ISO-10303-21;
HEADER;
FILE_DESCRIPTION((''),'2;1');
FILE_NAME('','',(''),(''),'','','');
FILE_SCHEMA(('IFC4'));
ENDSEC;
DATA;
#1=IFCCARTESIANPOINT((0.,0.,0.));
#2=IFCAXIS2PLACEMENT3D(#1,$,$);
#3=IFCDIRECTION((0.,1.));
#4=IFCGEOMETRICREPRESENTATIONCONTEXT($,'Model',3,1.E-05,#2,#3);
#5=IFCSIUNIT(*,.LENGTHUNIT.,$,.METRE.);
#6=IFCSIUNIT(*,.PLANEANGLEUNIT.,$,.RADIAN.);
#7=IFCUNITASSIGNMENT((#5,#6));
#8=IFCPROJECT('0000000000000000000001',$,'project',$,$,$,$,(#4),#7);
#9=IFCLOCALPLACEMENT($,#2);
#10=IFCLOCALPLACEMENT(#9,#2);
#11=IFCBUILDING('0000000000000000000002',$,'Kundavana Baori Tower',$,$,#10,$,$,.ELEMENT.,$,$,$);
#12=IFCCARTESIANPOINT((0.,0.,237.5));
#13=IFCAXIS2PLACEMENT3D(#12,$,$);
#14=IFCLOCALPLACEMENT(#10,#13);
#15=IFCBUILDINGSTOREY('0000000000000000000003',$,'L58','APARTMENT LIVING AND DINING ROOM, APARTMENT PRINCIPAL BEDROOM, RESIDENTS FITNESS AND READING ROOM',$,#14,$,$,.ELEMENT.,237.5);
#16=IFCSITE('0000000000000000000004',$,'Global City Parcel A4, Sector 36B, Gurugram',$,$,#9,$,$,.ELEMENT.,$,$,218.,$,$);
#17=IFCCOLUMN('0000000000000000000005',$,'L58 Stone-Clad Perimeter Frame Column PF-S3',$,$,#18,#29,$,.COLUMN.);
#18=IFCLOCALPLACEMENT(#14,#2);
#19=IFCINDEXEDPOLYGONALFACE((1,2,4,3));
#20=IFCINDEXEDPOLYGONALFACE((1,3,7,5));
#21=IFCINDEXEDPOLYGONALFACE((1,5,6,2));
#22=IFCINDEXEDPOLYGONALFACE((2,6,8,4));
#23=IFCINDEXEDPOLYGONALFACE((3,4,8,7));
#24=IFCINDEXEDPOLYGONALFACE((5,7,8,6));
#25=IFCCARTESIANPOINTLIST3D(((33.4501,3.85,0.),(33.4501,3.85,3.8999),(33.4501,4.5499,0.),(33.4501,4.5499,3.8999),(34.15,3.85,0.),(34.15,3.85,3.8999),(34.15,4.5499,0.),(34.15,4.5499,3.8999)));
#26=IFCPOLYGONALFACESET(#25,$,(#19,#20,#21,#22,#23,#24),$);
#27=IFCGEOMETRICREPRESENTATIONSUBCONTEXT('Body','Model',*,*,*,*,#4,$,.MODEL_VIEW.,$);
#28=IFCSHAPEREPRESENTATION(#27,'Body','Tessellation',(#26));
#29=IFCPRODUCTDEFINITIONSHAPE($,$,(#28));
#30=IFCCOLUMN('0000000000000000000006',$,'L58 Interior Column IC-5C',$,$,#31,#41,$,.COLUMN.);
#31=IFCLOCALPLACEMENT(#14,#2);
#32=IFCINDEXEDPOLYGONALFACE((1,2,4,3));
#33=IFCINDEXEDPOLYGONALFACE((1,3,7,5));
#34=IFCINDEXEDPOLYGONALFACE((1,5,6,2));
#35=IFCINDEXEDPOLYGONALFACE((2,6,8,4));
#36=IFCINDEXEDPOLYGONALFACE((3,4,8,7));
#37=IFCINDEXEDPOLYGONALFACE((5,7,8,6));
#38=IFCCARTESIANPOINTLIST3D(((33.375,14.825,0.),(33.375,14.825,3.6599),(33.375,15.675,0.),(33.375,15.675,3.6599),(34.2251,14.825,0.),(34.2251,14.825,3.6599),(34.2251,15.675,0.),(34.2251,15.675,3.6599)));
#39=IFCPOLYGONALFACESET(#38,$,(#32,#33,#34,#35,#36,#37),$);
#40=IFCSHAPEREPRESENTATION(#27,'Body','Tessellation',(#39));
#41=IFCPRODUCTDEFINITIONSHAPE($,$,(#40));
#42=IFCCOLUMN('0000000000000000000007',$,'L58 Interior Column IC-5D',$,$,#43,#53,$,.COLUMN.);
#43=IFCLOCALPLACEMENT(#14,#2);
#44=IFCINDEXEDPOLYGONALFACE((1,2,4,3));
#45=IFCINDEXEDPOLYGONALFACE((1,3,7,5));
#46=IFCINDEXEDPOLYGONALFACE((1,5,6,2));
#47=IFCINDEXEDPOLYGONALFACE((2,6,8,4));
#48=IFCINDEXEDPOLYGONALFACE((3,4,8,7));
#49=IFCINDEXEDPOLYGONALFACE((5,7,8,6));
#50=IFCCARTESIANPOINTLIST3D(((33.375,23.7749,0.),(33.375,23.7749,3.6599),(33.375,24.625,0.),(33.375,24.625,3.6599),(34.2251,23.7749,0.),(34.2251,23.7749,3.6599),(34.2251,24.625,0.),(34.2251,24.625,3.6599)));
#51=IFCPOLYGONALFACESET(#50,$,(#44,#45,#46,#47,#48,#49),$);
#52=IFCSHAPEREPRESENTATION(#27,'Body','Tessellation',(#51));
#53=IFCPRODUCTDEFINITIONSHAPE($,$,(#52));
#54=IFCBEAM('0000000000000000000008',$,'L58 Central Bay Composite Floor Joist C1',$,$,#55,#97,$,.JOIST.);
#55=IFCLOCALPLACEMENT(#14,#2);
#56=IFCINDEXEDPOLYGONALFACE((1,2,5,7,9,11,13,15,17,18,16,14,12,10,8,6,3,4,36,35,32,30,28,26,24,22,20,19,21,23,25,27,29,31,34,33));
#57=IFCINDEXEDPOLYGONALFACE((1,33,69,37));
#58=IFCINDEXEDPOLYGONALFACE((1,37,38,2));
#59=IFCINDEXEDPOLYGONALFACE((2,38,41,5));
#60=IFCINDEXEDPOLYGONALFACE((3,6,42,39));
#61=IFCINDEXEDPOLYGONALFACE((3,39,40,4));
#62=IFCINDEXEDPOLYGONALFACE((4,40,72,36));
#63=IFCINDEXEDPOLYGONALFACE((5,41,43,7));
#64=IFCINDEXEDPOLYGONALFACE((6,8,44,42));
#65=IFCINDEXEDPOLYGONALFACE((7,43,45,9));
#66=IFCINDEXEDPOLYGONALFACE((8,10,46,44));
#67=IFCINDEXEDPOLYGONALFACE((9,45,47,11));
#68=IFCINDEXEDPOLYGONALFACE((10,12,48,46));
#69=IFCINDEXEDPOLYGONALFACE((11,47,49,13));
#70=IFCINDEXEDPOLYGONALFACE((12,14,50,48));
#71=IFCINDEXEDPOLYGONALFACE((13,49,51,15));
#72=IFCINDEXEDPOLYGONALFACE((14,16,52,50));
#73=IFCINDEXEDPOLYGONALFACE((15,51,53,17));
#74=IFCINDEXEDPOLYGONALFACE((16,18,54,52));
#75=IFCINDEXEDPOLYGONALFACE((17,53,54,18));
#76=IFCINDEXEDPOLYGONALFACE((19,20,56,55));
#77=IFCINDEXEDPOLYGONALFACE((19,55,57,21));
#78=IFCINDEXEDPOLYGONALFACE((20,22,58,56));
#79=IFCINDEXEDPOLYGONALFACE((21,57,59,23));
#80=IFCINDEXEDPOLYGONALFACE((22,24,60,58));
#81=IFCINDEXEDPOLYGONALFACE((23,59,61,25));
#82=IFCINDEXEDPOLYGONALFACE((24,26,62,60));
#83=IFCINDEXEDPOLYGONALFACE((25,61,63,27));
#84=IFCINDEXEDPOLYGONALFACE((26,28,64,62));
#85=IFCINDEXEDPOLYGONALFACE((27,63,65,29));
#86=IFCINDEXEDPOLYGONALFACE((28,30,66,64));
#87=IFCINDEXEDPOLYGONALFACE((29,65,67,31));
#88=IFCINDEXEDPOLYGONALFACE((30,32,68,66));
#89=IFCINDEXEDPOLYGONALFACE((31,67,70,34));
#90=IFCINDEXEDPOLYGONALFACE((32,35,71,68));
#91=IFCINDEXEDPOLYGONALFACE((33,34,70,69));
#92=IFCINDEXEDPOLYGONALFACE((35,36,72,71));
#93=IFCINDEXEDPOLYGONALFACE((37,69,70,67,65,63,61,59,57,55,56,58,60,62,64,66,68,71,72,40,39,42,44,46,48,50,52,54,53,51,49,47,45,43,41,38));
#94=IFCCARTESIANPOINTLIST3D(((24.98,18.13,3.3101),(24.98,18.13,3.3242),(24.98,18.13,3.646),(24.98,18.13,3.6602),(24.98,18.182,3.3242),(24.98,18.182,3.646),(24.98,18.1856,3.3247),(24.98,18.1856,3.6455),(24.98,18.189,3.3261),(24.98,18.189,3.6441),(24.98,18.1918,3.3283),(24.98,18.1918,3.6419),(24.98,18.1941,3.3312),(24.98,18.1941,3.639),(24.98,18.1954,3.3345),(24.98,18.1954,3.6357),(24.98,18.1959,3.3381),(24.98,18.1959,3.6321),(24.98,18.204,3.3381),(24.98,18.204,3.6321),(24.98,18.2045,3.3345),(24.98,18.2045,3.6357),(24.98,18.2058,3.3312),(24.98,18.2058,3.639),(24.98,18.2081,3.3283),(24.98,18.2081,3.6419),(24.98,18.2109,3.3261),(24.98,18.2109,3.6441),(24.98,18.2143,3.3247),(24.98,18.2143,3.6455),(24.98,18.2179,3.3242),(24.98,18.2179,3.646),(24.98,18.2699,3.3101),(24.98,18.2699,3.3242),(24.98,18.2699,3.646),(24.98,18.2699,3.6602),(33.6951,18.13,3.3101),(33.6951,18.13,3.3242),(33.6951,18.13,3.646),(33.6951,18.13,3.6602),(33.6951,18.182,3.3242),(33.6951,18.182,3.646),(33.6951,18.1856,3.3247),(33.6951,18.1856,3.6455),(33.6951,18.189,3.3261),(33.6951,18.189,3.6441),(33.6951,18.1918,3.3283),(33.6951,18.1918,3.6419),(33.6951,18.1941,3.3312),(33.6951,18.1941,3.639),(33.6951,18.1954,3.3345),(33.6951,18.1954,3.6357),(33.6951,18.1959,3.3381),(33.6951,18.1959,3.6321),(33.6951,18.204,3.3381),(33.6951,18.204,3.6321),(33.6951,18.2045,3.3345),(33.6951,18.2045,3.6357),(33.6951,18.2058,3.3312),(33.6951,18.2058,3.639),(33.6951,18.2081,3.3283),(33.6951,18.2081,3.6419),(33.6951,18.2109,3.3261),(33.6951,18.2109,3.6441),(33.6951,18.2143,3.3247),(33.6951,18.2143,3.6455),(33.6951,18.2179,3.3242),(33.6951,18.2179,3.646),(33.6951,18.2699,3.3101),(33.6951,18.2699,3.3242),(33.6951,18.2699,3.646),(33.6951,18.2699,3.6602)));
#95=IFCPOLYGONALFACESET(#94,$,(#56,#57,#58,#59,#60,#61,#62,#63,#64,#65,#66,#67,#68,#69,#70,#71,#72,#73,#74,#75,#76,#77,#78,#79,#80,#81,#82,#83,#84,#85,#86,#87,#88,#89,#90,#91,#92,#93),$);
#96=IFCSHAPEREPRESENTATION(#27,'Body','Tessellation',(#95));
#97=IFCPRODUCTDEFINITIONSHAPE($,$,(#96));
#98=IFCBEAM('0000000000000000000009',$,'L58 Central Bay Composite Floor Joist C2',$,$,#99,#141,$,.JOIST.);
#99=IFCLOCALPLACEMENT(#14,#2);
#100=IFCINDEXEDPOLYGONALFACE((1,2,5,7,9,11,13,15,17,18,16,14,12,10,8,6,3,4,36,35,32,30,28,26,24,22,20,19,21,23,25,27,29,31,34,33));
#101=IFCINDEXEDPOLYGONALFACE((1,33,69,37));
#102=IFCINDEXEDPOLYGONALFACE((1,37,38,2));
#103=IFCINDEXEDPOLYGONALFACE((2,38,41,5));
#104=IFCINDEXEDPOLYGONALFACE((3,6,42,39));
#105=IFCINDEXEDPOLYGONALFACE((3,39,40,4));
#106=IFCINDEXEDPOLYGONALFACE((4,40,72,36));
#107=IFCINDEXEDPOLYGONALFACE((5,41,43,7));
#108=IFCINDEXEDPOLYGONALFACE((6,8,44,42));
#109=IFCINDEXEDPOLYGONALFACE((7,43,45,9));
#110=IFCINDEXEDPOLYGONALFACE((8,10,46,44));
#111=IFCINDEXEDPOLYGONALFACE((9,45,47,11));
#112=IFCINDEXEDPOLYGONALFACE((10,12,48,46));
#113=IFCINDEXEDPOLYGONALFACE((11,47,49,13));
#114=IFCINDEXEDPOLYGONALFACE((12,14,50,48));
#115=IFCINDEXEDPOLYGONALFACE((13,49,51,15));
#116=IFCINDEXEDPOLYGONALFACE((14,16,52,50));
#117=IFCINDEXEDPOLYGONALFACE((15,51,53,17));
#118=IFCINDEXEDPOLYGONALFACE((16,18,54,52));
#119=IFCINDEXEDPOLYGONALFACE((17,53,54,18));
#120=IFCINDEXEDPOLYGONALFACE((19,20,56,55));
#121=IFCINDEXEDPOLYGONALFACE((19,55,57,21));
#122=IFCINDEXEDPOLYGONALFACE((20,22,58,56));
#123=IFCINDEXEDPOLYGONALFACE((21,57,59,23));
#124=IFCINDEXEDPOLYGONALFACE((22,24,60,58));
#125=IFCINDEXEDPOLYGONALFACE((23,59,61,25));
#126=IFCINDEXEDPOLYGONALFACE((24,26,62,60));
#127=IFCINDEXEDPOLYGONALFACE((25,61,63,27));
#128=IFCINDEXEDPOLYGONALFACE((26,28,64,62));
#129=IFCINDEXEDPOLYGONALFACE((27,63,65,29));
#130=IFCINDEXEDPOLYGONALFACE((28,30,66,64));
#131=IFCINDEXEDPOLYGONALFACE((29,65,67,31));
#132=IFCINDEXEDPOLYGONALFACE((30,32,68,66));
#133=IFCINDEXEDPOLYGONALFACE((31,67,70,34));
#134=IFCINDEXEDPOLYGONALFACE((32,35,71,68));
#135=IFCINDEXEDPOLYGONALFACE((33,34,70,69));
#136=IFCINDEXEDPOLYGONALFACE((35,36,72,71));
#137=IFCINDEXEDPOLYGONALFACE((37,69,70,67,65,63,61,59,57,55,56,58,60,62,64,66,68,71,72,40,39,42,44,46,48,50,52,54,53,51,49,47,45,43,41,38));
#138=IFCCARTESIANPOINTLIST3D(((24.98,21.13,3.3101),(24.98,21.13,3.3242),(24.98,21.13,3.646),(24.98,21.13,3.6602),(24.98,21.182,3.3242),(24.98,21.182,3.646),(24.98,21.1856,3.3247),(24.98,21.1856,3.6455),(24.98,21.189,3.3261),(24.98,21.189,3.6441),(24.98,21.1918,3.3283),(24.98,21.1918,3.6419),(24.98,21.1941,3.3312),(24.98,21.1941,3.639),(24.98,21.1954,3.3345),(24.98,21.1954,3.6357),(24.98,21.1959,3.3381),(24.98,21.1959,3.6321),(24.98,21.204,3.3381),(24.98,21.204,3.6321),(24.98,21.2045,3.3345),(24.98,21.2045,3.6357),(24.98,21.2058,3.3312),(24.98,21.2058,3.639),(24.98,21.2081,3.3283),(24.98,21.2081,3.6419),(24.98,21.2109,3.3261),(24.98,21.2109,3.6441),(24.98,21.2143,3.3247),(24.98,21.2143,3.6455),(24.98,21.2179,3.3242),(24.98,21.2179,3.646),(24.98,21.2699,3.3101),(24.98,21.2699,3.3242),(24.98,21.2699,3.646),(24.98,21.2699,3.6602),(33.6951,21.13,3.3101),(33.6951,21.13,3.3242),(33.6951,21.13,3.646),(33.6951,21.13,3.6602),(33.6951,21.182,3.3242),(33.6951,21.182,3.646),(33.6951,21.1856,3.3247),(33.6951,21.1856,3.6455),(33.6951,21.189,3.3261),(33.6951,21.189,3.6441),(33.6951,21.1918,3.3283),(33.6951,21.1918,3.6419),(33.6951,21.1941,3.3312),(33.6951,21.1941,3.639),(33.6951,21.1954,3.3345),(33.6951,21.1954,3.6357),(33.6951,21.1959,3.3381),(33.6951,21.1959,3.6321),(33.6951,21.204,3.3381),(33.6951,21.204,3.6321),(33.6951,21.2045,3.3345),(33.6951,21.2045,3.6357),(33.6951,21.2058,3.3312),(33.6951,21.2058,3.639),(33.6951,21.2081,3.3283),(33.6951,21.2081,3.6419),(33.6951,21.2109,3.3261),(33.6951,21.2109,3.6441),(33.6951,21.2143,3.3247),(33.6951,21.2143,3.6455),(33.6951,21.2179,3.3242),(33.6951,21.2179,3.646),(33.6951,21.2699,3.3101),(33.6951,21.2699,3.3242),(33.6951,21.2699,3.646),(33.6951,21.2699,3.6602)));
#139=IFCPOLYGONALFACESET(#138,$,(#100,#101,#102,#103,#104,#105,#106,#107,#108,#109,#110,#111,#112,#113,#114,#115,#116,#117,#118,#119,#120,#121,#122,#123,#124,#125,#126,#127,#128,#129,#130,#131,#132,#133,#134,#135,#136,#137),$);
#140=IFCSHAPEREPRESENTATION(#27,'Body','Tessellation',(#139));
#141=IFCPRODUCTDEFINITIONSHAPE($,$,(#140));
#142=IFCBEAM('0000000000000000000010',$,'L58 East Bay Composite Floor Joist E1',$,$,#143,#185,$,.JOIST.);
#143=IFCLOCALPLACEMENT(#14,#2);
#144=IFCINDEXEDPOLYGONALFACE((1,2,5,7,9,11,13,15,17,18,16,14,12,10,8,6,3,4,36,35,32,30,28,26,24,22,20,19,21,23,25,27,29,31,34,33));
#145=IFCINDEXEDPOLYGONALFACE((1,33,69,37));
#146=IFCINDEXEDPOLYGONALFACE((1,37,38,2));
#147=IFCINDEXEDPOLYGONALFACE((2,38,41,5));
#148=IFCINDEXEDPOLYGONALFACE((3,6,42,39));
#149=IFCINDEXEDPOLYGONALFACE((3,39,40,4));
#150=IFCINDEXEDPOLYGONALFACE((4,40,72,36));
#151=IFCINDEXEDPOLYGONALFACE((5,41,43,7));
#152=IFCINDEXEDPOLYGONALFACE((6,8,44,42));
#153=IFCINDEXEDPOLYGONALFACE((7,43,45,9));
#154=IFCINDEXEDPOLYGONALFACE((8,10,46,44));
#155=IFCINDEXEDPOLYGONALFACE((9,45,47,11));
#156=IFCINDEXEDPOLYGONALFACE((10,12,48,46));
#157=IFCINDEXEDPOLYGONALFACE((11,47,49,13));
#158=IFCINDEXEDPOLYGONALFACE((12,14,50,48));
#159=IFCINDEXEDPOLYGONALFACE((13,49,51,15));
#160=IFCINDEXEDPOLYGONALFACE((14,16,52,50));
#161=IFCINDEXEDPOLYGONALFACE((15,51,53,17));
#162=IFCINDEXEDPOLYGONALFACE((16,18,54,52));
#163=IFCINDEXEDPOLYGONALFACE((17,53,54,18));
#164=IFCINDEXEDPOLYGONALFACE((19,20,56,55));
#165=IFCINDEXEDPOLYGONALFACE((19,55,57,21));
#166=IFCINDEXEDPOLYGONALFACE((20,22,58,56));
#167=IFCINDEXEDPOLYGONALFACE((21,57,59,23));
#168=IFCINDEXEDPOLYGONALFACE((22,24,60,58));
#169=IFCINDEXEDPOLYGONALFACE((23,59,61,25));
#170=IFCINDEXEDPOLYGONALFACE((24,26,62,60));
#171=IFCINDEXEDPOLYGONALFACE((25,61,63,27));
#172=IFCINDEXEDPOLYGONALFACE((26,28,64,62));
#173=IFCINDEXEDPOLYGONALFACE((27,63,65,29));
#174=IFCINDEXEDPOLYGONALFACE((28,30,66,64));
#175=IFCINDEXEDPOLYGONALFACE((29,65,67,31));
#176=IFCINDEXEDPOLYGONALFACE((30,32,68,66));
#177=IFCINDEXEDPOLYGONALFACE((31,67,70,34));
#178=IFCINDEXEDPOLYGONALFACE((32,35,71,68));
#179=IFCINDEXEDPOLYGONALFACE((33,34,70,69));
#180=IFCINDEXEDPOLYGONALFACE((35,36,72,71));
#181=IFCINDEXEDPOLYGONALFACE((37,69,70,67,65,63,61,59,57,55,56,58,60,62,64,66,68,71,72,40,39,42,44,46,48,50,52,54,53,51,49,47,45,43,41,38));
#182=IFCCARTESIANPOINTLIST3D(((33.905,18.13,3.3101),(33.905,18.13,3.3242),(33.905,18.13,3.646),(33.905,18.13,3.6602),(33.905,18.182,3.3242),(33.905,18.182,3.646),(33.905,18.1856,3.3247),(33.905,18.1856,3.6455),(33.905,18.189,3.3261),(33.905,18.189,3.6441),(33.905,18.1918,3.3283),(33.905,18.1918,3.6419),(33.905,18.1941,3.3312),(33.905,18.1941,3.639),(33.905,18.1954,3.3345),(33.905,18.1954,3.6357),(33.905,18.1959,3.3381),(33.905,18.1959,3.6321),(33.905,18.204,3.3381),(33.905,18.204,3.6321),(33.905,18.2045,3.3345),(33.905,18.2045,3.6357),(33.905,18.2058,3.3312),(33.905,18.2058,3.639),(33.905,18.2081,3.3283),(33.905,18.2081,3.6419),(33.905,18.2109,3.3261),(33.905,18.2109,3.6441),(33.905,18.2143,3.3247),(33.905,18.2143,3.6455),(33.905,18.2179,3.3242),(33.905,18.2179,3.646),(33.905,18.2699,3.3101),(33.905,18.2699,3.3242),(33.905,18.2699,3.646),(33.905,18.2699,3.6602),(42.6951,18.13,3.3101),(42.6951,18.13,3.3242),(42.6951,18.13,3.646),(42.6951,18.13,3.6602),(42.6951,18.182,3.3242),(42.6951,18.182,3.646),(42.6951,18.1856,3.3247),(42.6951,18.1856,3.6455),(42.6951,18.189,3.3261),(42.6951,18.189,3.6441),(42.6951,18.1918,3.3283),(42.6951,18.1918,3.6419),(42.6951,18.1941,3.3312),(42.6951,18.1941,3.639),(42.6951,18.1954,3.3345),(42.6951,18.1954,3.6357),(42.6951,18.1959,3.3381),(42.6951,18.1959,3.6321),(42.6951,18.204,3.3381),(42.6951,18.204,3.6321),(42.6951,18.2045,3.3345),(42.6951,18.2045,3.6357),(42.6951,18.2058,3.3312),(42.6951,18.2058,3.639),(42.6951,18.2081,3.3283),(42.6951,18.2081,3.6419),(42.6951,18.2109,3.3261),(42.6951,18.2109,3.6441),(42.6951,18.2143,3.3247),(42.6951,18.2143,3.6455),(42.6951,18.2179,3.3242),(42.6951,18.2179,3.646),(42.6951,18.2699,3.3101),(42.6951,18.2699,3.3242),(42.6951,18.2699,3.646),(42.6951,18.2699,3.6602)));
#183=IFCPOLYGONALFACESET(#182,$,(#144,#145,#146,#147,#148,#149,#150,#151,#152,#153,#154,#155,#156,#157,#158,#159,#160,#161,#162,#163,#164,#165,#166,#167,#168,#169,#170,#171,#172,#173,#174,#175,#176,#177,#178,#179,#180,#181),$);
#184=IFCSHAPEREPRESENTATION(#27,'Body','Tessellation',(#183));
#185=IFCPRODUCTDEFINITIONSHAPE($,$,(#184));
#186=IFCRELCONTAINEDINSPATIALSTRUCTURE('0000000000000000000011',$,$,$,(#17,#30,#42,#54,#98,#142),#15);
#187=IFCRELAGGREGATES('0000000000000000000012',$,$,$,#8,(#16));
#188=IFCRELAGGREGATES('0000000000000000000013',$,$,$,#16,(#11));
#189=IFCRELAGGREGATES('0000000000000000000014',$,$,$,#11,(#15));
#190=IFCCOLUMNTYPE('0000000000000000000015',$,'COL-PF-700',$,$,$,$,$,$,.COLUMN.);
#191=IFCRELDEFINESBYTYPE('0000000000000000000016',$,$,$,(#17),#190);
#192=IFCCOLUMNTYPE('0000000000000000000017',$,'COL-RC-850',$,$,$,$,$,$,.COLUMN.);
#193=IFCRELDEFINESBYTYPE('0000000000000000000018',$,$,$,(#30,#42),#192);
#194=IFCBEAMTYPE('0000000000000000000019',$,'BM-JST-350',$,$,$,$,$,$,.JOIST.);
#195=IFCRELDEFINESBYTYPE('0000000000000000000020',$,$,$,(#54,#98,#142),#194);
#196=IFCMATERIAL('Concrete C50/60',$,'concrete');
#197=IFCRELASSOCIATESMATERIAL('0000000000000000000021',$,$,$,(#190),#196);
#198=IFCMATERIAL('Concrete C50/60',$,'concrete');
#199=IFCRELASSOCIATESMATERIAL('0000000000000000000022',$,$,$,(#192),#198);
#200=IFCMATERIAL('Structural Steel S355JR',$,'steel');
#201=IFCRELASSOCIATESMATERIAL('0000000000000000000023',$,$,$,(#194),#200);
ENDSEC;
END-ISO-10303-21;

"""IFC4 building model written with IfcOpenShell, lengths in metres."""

from ifc_helpers import new_model, si_unit, direction, frame, origin, origin_2d, place, context, subcontext, project, spatial, rectangle, i_section, extrude, material, material_profile, profile_set, type_object, element, save


model = new_model("IFC4")

# Units and contexts
model_context = context("Model", 3, precision=1e-05, world=origin(), true_north=direction((0.0, 1.0)))
body_context = subcontext(model_context, "Body", "Model", "MODEL_VIEW")
ifc_project = project(units=[si_unit("LENGTHUNIT", "METRE"), si_unit("PLANEANGLEUNIT", "RADIAN")], contexts=[model_context])

# Site, building, storey
site_placement = place(None, origin())
site = spatial("IfcSite", under=ifc_project, at=site_placement, Name="Global City Parcel A4, Sector 36B, Gurugram", CompositionType="ELEMENT", RefElevation=218.0)
building_placement = place(site_placement, origin())
building = spatial("IfcBuilding", under=site, at=building_placement, Name="Kundavana Baori Tower", CompositionType="ELEMENT")
storey_placement = place(building_placement, frame((0.0, 0.0, 237.5)))
storey = spatial("IfcBuildingStorey", under=building, at=storey_placement, Name="L58", Description="APARTMENT LIVING AND DINING ROOM, APARTMENT PRINCIPAL BEDROOM, RESIDENTS FITNESS AND READING ROOM", CompositionType="ELEMENT", Elevation=237.5)

# Columns
ifc_material_1 = material(Name="Concrete C50/60", Category="concrete")
ifc_material_profile_1 = material_profile(ifc_material_1, rectangle(XDim=0.7, YDim=0.7, at=origin_2d()), Name="RC PF 700x700")
ifc_profile_set_1 = profile_set([ifc_material_profile_1], Name="Concrete C50/60")
column_type_1 = type_object("IfcColumnType", Name="COL-PF-700", PredefinedType="COLUMN", material=ifc_profile_set_1)
column_placement = place(storey_placement, frame((33.8, 4.2, 0.0), z_axis=(0.0, 0.0, 1.0), x_axis=(1.0, 0.0, 0.0)))
element("IfcColumn", 1, at=column_placement, inside=storey, type_object=column_type_1, Name="L58 Stone-Clad Perimeter Frame Column PF-S3", PredefinedType="COLUMN", context=body_context, shape_type="SweptSolid", body=[
    extrude(rectangle(XDim=0.7, YDim=0.7, at=origin_2d()), origin(), (0.0, 0.0, 1.0), 3.8999),
])
ifc_material_2 = material(Name="Concrete C50/60", Category="concrete")
ifc_material_profile_2 = material_profile(ifc_material_2, rectangle(XDim=0.8501, YDim=0.8501, at=origin_2d()), Name="RC 850x850")
ifc_profile_set_2 = profile_set([ifc_material_profile_2], Name="Concrete C50/60")
column_type_2 = type_object("IfcColumnType", Name="COL-RC-850", PredefinedType="COLUMN", material=ifc_profile_set_2)
for number, where, z_axis, x_axis, name in (
    (2, (33.8, 15.25, 0.0), (0.0, 0.0, 1.0), (1.0, 0.0, 0.0), "L58 Interior Column IC-5C"),
    (3, (33.8, 24.2, 0.0), (0.0, 0.0, 1.0), (1.0, 0.0, 0.0), "L58 Interior Column IC-5D"),
):
    element("IfcColumn", number, at=place(storey_placement, frame(where, z_axis=z_axis, x_axis=x_axis)), inside=storey, type_object=column_type_2, Name=name, PredefinedType="COLUMN", context=body_context, shape_type="SweptSolid", body=[
        extrude(rectangle(XDim=0.8501, YDim=0.8501, at=origin_2d()), origin(), (0.0, 0.0, 1.0), 3.6599),
    ])

# Beams
ifc_material_3 = material(Name="Structural Steel S355JR", Category="steel")
ifc_material_profile_3 = material_profile(ifc_material_3, i_section(OverallWidth=0.1399, OverallDepth=0.3501, WebThickness=0.0081, FlangeThickness=0.0142, FilletRadius=0.0139, at=origin_2d()), Name="ISMB 350")
ifc_profile_set_3 = profile_set([ifc_material_profile_3], Name="Structural Steel S355JR")
beam_type_1 = type_object("IfcBeamType", Name="BM-JST-350", PredefinedType="JOIST", material=ifc_profile_set_3)
for number, where, z_axis, x_axis, name in (
    (4, (24.98, 18.2, 3.4851), (1.0, 0.0, 0.0), (0.0, 1.0, 0.0), "L58 Central Bay Composite Floor Joist C1"),
    (5, (24.98, 21.2, 3.4851), (1.0, 0.0, 0.0), (0.0, 1.0, 0.0), "L58 Central Bay Composite Floor Joist C2"),
):
    element("IfcBeam", number, at=place(storey_placement, frame(where, z_axis=z_axis, x_axis=x_axis)), inside=storey, type_object=beam_type_1, Name=name, PredefinedType="JOIST", context=body_context, shape_type="SweptSolid", body=[
        extrude(i_section(OverallWidth=0.1399, OverallDepth=0.3501, WebThickness=0.0081, FlangeThickness=0.0142, FilletRadius=0.0139, at=origin_2d()), origin(), (0.0, 0.0, 1.0), 8.7151),
    ])
for number, where, z_axis, x_axis, name in (
    (6, (33.905, 18.2, 3.4851), (1.0, 0.0, 0.0), (0.0, 1.0, 0.0), "L58 East Bay Composite Floor Joist E1"),
):
    element("IfcBeam", number, at=place(storey_placement, frame(where, z_axis=z_axis, x_axis=x_axis)), inside=storey, type_object=beam_type_1, Name=name, PredefinedType="JOIST", context=body_context, shape_type="SweptSolid", body=[
        extrude(i_section(OverallWidth=0.1399, OverallDepth=0.3501, WebThickness=0.0081, FlangeThickness=0.0142, FilletRadius=0.0139, at=origin_2d()), origin(), (0.0, 0.0, 1.0), 8.79),
    ])

save(model, "model.ifc")
